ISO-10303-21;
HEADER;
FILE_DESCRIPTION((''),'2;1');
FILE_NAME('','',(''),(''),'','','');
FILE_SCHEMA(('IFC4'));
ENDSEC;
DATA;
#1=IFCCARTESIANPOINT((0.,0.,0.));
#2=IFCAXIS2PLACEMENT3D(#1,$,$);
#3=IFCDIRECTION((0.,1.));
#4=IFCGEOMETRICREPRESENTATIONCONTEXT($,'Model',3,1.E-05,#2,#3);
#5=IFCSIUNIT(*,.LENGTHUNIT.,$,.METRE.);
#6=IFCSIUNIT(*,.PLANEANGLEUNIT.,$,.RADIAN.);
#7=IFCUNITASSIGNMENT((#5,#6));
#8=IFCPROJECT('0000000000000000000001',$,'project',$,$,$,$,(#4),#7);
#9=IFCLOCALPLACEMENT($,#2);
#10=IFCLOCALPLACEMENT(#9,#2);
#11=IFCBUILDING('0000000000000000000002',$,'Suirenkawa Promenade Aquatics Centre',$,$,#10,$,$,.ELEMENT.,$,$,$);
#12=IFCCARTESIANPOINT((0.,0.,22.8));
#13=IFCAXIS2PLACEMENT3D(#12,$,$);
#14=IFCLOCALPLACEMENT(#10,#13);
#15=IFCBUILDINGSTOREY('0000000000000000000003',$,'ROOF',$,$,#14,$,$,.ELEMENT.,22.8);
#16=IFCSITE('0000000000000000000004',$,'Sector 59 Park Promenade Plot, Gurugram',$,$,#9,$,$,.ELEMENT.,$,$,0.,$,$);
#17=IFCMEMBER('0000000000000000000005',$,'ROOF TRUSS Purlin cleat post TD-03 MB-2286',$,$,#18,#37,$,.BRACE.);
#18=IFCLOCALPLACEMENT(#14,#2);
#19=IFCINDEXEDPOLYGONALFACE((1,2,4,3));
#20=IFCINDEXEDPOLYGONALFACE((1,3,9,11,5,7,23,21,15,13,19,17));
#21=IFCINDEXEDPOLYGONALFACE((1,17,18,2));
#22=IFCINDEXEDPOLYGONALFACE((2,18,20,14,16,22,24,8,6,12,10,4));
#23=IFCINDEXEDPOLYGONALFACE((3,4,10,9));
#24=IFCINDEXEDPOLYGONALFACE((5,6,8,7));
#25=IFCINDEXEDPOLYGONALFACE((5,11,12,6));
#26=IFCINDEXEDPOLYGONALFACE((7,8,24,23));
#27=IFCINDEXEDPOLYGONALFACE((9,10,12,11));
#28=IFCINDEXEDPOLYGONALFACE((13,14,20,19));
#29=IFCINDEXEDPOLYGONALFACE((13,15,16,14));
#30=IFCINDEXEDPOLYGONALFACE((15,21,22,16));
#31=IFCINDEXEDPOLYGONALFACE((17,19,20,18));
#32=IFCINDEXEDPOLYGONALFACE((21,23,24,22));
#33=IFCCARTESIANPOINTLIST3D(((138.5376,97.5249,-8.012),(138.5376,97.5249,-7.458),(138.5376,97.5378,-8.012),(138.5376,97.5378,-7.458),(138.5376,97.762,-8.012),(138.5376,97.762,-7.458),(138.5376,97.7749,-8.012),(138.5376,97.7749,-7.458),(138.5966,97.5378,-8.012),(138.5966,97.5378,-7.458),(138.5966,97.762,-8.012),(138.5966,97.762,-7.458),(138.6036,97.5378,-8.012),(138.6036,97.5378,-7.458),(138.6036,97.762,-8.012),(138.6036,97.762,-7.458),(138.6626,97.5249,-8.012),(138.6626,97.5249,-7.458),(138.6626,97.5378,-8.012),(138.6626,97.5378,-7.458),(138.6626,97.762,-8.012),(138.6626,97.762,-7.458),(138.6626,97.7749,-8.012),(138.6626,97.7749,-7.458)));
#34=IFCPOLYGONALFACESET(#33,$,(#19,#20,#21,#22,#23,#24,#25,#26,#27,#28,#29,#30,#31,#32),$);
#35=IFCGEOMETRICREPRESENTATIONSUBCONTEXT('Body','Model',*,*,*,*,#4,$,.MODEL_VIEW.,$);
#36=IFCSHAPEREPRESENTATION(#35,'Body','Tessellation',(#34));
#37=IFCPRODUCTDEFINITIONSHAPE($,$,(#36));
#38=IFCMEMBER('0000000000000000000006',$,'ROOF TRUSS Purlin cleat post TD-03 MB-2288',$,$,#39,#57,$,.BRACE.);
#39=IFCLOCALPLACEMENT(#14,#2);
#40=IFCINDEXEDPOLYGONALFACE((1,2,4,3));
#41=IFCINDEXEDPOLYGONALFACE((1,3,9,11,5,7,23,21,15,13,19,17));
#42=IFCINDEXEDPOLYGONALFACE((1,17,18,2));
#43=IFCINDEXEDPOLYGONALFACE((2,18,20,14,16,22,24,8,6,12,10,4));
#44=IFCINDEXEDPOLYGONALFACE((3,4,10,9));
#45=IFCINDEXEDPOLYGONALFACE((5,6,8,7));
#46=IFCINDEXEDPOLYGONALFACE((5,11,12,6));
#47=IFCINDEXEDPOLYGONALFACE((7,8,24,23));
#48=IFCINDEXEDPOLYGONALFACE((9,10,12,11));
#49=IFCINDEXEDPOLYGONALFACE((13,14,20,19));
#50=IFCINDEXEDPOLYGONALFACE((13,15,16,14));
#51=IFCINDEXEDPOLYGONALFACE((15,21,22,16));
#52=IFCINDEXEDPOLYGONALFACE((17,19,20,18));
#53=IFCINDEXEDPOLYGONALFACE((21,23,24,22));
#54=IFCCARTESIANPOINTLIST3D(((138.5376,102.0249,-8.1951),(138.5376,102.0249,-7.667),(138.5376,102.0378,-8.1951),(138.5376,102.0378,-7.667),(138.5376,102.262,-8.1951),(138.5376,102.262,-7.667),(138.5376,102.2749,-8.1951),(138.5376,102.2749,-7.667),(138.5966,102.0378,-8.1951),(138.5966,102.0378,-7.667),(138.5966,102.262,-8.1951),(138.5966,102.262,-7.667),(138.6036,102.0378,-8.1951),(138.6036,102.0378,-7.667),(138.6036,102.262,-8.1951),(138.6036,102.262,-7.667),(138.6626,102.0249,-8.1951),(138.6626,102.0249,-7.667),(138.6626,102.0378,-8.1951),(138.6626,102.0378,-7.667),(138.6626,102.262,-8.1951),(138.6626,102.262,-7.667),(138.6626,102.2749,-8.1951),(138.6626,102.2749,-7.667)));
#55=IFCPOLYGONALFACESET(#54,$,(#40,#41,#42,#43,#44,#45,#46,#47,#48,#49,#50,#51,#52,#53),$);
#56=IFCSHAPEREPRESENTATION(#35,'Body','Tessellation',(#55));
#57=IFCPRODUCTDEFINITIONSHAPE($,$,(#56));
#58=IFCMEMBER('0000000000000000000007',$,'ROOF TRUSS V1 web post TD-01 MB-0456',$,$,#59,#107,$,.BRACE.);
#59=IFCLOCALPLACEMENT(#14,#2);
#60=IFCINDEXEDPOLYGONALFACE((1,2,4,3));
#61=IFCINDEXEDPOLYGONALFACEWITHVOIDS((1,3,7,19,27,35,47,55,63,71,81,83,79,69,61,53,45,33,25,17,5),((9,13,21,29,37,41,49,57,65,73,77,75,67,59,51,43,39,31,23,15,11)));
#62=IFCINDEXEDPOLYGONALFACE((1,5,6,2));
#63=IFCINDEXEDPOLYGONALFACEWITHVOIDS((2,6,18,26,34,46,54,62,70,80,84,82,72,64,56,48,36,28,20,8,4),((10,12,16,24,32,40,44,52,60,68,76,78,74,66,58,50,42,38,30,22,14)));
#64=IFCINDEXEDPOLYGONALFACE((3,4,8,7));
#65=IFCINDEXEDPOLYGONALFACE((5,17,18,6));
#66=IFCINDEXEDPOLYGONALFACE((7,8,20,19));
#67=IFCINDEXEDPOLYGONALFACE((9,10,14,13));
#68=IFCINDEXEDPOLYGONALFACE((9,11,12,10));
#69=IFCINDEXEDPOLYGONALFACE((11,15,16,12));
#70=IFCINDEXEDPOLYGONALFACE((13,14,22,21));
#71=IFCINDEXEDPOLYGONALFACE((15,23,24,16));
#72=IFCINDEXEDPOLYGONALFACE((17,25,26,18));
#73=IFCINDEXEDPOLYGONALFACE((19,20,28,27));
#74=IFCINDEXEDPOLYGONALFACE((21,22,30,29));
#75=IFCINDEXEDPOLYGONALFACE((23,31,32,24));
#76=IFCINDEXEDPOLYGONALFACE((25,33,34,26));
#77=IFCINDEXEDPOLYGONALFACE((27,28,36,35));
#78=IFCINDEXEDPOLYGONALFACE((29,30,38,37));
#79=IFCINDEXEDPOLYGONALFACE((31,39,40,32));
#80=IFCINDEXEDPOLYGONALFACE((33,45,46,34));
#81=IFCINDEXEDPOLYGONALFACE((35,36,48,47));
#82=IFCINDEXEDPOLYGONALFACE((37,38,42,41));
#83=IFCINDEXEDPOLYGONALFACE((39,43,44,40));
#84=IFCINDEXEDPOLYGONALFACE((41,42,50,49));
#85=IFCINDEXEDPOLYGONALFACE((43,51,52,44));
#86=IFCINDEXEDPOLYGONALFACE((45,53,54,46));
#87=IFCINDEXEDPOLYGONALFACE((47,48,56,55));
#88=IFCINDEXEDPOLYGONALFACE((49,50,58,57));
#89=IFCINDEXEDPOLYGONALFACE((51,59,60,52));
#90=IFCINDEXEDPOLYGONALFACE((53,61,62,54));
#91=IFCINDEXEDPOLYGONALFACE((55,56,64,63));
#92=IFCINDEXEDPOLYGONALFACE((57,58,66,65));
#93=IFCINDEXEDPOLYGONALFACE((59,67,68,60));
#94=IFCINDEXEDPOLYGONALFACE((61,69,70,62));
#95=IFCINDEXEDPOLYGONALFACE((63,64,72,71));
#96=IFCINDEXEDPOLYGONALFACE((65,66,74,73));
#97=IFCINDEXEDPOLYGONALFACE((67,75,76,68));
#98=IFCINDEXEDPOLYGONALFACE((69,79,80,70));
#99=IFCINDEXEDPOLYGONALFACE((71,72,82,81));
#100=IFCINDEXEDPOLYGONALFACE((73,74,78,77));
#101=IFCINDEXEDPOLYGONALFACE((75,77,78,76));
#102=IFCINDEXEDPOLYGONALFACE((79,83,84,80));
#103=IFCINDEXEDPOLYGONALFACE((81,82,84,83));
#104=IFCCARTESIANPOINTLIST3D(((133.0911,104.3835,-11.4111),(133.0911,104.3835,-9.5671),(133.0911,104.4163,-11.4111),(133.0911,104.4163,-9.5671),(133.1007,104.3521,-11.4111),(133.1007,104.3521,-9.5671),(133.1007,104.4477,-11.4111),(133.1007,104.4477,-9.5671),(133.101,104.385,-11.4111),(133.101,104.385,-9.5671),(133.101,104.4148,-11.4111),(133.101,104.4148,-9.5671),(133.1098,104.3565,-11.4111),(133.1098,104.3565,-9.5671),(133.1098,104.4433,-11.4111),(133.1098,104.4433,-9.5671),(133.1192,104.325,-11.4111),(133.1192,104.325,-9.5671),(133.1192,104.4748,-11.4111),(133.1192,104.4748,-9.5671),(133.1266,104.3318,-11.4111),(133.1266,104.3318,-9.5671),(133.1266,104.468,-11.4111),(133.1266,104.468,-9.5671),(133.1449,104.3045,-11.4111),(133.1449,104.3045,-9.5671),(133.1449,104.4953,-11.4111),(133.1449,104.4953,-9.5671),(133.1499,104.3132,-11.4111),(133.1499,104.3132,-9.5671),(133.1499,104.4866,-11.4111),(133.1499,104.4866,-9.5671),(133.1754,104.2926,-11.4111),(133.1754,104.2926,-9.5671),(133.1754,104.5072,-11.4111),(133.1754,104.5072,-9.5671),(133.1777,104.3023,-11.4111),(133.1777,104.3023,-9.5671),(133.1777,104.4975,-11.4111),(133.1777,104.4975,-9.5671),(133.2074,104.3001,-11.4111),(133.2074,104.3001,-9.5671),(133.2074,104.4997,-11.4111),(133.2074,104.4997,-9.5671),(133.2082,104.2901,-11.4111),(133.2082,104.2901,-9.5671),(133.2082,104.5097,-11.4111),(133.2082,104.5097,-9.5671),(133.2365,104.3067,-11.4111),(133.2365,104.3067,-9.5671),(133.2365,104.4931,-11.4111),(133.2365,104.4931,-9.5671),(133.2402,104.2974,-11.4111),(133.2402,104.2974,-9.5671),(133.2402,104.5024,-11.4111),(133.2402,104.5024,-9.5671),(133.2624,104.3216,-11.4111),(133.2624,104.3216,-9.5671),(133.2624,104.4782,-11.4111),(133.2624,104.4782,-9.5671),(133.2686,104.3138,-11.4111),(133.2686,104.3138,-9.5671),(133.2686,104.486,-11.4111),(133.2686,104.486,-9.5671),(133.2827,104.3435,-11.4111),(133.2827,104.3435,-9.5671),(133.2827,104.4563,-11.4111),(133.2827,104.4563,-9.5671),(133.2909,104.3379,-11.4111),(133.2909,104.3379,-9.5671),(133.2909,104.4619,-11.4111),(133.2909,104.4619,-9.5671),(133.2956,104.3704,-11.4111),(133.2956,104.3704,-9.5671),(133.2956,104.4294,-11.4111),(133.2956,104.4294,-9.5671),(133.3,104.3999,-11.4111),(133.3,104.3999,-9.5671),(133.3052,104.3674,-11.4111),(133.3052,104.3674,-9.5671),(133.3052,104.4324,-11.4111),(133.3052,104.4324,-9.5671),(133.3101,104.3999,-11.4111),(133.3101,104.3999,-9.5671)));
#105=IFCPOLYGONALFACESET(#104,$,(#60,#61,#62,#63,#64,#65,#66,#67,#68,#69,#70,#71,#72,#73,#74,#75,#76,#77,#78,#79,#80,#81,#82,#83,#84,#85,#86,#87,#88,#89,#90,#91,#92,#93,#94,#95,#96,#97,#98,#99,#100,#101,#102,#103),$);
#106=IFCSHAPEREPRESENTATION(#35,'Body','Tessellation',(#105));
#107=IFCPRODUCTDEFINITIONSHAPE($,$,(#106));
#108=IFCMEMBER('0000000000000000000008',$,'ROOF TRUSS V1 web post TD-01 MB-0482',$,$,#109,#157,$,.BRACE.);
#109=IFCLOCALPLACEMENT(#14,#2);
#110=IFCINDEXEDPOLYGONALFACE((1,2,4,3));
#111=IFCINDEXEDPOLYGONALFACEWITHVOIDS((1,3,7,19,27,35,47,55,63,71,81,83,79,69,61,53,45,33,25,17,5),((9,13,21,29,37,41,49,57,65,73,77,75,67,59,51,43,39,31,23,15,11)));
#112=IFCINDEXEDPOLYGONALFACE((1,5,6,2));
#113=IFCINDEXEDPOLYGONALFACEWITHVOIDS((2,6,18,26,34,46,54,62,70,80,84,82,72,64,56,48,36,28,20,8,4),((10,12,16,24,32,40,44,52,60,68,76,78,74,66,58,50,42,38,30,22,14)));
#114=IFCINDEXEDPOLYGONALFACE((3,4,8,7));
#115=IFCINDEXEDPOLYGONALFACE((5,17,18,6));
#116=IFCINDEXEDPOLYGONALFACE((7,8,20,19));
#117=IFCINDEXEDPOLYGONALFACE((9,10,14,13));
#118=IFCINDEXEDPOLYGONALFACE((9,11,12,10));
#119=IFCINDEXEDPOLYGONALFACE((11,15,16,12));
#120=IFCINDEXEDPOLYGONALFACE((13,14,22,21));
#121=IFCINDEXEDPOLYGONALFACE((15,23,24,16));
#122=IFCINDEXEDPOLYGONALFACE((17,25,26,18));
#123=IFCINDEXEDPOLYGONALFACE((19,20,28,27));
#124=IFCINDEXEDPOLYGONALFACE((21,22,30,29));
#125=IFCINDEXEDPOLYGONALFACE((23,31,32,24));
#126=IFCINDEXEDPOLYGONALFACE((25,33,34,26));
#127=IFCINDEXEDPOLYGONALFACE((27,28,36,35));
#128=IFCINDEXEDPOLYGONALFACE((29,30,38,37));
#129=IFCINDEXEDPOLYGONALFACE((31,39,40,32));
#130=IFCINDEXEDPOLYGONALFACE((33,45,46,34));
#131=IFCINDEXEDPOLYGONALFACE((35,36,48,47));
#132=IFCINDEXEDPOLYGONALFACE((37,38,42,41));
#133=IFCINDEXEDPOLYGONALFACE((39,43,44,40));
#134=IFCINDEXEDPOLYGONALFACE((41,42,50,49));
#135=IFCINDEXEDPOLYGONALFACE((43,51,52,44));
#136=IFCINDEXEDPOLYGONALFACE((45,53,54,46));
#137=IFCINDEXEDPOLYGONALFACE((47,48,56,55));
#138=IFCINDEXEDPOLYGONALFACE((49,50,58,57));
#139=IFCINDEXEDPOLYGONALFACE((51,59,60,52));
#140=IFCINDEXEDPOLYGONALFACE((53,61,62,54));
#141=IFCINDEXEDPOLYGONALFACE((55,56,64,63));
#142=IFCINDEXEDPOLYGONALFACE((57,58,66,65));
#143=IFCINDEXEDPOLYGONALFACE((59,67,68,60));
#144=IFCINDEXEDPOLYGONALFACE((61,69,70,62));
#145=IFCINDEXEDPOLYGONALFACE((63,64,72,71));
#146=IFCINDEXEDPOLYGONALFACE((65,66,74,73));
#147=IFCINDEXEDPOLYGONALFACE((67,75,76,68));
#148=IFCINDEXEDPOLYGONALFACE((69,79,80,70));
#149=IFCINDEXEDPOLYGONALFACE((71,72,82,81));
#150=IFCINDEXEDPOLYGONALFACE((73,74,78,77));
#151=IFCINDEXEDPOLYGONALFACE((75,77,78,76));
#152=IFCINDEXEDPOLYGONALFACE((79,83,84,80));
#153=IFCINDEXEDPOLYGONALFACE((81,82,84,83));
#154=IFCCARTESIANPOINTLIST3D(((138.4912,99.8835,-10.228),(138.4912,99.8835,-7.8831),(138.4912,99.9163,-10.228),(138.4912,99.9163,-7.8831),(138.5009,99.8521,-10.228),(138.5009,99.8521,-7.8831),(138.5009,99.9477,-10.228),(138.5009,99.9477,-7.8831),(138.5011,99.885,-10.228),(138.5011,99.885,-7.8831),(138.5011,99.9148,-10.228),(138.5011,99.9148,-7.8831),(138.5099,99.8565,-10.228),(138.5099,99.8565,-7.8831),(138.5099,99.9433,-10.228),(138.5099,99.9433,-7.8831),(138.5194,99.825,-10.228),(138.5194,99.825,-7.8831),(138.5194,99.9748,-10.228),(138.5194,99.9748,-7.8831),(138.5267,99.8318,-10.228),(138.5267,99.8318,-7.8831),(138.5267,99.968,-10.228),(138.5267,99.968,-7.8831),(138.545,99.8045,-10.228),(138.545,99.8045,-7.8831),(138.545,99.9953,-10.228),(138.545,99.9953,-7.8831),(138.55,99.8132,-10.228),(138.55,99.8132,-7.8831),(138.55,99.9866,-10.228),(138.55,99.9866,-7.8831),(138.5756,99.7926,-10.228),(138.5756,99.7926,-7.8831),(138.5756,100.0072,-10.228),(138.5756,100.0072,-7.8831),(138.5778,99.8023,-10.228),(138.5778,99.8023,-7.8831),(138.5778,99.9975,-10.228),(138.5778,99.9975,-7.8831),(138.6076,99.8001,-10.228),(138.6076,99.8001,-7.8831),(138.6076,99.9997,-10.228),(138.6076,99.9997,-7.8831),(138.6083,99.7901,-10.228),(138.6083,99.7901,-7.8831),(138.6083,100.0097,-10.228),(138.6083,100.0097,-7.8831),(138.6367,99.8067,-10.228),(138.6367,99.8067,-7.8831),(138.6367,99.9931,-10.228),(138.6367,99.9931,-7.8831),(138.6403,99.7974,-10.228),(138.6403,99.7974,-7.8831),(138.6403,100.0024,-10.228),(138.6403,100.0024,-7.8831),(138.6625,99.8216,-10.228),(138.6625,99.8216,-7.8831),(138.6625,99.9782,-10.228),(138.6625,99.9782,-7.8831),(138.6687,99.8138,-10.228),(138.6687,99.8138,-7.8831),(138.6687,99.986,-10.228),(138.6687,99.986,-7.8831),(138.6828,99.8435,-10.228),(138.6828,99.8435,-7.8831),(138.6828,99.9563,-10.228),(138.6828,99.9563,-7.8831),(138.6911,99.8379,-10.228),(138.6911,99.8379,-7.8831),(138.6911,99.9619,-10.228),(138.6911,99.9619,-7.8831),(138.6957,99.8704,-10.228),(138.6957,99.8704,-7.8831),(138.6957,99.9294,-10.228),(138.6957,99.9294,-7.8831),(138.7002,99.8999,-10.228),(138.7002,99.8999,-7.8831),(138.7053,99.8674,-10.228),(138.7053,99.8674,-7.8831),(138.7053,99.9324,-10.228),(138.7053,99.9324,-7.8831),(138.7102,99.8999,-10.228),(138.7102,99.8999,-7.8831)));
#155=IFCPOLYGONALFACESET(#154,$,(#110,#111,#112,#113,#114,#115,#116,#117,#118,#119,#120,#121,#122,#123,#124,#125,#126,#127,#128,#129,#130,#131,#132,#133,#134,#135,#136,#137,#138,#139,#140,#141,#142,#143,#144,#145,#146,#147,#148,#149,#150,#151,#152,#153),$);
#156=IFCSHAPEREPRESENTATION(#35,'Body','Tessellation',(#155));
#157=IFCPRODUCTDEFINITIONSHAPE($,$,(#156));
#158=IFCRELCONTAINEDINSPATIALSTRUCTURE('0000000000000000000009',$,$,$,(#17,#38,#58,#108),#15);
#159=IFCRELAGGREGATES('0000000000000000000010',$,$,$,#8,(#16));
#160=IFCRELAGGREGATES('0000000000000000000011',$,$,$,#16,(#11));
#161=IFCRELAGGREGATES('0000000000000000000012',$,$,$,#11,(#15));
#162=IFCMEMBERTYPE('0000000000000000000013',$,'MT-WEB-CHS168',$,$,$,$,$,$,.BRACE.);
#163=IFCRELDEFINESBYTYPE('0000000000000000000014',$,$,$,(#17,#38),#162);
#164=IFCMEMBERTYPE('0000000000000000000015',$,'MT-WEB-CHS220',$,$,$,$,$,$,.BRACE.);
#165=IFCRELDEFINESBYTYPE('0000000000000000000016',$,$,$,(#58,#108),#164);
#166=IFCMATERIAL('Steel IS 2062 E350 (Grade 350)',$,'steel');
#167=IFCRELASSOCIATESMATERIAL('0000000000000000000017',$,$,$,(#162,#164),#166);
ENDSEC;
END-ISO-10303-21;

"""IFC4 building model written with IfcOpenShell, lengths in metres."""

from ifc_helpers import new_model, si_unit, direction, frame, origin, origin_2d, place, context, subcontext, project, spatial, hollow_circle, i_section, extrude, material, material_profile, profile_set, type_object, element, save


model = new_model("IFC4")

# Units and contexts
model_context = context("Model", 3, precision=1e-05, world=origin(), true_north=direction((0.0, 1.0)))
body_context = subcontext(model_context, "Body", "Model", "MODEL_VIEW")
ifc_project = project(units=[si_unit("LENGTHUNIT", "METRE"), si_unit("PLANEANGLEUNIT", "RADIAN")], contexts=[model_context])

# Site, building, storey
site_placement = place(None, origin())
site = spatial("IfcSite", under=ifc_project, at=site_placement, Name="Sector 59 Park Promenade Plot, Gurugram", CompositionType="ELEMENT", RefElevation=0.0)
building_placement = place(site_placement, origin())
building = spatial("IfcBuilding", under=site, at=building_placement, Name="Suirenkawa Promenade Aquatics Centre", CompositionType="ELEMENT")
storey_placement = place(building_placement, frame((0.0, 0.0, 22.8)))
storey = spatial("IfcBuildingStorey", under=building, at=storey_placement, Name="ROOF", CompositionType="ELEMENT", Elevation=22.8)

# Shared definitions
ifc_material_1 = material(Name="Steel IS 2062 E350 (Grade 350)", Category="steel")

# Members
ifc_material_profile_1 = material_profile(ifc_material_1, i_section(OverallWidth=0.125, OverallDepth=0.25, WebThickness=0.0071, FlangeThickness=0.0129, at=origin_2d()), Name="ISMB 250", Category="steel")
ifc_profile_set_1 = profile_set([ifc_material_profile_1], Name="Steel IS 2062 E350 (Grade 350)")
member_type_1 = type_object("IfcMemberType", Name="MT-WEB-CHS168", PredefinedType="BRACE", material=ifc_profile_set_1)
member_1_placement = place(storey_placement, frame((138.6001, 97.6499, -8.012), z_axis=(0.0, 0.0, 1.0), x_axis=(1.0, 0.0, 0.0)))
element("IfcMember", 1, at=member_1_placement, inside=storey, type_object=member_type_1, Name="ROOF TRUSS Purlin cleat post TD-03 MB-2286", PredefinedType="BRACE", context=body_context, shape_type="SweptSolid", body=[
    extrude(i_section(OverallWidth=0.125, OverallDepth=0.25, WebThickness=0.0071, FlangeThickness=0.0129, at=origin_2d()), origin(), (0.0, 0.0, 1.0), 0.554),
])
member_2_placement = place(storey_placement, frame((138.6001, 102.1499, -8.1951), z_axis=(0.0, 0.0, 1.0), x_axis=(1.0, 0.0, 0.0)))
element("IfcMember", 2, at=member_2_placement, inside=storey, type_object=member_type_1, Name="ROOF TRUSS Purlin cleat post TD-03 MB-2288", PredefinedType="BRACE", context=body_context, shape_type="SweptSolid", body=[
    extrude(i_section(OverallWidth=0.125, OverallDepth=0.25, WebThickness=0.0071, FlangeThickness=0.0129, at=origin_2d()), origin(), (0.0, 0.0, 1.0), 0.5281),
])
ifc_material_profile_2 = material_profile(ifc_material_1, hollow_circle(Radius=0.1101, WallThickness=0.01, at=origin_2d()), Name="CHS 220x10", Category="steel")
ifc_profile_set_2 = profile_set([ifc_material_profile_2], Name="Steel IS 2062 E350 (Grade 350)")
member_type_2 = type_object("IfcMemberType", Name="MT-WEB-CHS220", PredefinedType="BRACE", material=ifc_profile_set_2)
member_3_placement = place(storey_placement, frame((133.2, 104.3999, -11.4111), z_axis=(0.0, 0.0, 1.0), x_axis=(1.0, 0.0, 0.0)))
element("IfcMember", 3, at=member_3_placement, inside=storey, type_object=member_type_2, Name="ROOF TRUSS V1 web post TD-01 MB-0456", PredefinedType="BRACE", context=body_context, shape_type="SweptSolid", body=[
    extrude(hollow_circle(Radius=0.1101, WallThickness=0.01, at=origin_2d()), origin(), (0.0, 0.0, 1.0), 1.844),
])
member_4_placement = place(storey_placement, frame((138.6001, 99.8999, -10.228), z_axis=(0.0, 0.0, 1.0), x_axis=(1.0, 0.0, 0.0)))
element("IfcMember", 4, at=member_4_placement, inside=storey, type_object=member_type_2, Name="ROOF TRUSS V1 web post TD-01 MB-0482", PredefinedType="BRACE", context=body_context, shape_type="SweptSolid", body=[
    extrude(hollow_circle(Radius=0.1101, WallThickness=0.01, at=origin_2d()), origin(), (0.0, 0.0, 1.0), 2.345),
])

save(model, "model.ifc")
